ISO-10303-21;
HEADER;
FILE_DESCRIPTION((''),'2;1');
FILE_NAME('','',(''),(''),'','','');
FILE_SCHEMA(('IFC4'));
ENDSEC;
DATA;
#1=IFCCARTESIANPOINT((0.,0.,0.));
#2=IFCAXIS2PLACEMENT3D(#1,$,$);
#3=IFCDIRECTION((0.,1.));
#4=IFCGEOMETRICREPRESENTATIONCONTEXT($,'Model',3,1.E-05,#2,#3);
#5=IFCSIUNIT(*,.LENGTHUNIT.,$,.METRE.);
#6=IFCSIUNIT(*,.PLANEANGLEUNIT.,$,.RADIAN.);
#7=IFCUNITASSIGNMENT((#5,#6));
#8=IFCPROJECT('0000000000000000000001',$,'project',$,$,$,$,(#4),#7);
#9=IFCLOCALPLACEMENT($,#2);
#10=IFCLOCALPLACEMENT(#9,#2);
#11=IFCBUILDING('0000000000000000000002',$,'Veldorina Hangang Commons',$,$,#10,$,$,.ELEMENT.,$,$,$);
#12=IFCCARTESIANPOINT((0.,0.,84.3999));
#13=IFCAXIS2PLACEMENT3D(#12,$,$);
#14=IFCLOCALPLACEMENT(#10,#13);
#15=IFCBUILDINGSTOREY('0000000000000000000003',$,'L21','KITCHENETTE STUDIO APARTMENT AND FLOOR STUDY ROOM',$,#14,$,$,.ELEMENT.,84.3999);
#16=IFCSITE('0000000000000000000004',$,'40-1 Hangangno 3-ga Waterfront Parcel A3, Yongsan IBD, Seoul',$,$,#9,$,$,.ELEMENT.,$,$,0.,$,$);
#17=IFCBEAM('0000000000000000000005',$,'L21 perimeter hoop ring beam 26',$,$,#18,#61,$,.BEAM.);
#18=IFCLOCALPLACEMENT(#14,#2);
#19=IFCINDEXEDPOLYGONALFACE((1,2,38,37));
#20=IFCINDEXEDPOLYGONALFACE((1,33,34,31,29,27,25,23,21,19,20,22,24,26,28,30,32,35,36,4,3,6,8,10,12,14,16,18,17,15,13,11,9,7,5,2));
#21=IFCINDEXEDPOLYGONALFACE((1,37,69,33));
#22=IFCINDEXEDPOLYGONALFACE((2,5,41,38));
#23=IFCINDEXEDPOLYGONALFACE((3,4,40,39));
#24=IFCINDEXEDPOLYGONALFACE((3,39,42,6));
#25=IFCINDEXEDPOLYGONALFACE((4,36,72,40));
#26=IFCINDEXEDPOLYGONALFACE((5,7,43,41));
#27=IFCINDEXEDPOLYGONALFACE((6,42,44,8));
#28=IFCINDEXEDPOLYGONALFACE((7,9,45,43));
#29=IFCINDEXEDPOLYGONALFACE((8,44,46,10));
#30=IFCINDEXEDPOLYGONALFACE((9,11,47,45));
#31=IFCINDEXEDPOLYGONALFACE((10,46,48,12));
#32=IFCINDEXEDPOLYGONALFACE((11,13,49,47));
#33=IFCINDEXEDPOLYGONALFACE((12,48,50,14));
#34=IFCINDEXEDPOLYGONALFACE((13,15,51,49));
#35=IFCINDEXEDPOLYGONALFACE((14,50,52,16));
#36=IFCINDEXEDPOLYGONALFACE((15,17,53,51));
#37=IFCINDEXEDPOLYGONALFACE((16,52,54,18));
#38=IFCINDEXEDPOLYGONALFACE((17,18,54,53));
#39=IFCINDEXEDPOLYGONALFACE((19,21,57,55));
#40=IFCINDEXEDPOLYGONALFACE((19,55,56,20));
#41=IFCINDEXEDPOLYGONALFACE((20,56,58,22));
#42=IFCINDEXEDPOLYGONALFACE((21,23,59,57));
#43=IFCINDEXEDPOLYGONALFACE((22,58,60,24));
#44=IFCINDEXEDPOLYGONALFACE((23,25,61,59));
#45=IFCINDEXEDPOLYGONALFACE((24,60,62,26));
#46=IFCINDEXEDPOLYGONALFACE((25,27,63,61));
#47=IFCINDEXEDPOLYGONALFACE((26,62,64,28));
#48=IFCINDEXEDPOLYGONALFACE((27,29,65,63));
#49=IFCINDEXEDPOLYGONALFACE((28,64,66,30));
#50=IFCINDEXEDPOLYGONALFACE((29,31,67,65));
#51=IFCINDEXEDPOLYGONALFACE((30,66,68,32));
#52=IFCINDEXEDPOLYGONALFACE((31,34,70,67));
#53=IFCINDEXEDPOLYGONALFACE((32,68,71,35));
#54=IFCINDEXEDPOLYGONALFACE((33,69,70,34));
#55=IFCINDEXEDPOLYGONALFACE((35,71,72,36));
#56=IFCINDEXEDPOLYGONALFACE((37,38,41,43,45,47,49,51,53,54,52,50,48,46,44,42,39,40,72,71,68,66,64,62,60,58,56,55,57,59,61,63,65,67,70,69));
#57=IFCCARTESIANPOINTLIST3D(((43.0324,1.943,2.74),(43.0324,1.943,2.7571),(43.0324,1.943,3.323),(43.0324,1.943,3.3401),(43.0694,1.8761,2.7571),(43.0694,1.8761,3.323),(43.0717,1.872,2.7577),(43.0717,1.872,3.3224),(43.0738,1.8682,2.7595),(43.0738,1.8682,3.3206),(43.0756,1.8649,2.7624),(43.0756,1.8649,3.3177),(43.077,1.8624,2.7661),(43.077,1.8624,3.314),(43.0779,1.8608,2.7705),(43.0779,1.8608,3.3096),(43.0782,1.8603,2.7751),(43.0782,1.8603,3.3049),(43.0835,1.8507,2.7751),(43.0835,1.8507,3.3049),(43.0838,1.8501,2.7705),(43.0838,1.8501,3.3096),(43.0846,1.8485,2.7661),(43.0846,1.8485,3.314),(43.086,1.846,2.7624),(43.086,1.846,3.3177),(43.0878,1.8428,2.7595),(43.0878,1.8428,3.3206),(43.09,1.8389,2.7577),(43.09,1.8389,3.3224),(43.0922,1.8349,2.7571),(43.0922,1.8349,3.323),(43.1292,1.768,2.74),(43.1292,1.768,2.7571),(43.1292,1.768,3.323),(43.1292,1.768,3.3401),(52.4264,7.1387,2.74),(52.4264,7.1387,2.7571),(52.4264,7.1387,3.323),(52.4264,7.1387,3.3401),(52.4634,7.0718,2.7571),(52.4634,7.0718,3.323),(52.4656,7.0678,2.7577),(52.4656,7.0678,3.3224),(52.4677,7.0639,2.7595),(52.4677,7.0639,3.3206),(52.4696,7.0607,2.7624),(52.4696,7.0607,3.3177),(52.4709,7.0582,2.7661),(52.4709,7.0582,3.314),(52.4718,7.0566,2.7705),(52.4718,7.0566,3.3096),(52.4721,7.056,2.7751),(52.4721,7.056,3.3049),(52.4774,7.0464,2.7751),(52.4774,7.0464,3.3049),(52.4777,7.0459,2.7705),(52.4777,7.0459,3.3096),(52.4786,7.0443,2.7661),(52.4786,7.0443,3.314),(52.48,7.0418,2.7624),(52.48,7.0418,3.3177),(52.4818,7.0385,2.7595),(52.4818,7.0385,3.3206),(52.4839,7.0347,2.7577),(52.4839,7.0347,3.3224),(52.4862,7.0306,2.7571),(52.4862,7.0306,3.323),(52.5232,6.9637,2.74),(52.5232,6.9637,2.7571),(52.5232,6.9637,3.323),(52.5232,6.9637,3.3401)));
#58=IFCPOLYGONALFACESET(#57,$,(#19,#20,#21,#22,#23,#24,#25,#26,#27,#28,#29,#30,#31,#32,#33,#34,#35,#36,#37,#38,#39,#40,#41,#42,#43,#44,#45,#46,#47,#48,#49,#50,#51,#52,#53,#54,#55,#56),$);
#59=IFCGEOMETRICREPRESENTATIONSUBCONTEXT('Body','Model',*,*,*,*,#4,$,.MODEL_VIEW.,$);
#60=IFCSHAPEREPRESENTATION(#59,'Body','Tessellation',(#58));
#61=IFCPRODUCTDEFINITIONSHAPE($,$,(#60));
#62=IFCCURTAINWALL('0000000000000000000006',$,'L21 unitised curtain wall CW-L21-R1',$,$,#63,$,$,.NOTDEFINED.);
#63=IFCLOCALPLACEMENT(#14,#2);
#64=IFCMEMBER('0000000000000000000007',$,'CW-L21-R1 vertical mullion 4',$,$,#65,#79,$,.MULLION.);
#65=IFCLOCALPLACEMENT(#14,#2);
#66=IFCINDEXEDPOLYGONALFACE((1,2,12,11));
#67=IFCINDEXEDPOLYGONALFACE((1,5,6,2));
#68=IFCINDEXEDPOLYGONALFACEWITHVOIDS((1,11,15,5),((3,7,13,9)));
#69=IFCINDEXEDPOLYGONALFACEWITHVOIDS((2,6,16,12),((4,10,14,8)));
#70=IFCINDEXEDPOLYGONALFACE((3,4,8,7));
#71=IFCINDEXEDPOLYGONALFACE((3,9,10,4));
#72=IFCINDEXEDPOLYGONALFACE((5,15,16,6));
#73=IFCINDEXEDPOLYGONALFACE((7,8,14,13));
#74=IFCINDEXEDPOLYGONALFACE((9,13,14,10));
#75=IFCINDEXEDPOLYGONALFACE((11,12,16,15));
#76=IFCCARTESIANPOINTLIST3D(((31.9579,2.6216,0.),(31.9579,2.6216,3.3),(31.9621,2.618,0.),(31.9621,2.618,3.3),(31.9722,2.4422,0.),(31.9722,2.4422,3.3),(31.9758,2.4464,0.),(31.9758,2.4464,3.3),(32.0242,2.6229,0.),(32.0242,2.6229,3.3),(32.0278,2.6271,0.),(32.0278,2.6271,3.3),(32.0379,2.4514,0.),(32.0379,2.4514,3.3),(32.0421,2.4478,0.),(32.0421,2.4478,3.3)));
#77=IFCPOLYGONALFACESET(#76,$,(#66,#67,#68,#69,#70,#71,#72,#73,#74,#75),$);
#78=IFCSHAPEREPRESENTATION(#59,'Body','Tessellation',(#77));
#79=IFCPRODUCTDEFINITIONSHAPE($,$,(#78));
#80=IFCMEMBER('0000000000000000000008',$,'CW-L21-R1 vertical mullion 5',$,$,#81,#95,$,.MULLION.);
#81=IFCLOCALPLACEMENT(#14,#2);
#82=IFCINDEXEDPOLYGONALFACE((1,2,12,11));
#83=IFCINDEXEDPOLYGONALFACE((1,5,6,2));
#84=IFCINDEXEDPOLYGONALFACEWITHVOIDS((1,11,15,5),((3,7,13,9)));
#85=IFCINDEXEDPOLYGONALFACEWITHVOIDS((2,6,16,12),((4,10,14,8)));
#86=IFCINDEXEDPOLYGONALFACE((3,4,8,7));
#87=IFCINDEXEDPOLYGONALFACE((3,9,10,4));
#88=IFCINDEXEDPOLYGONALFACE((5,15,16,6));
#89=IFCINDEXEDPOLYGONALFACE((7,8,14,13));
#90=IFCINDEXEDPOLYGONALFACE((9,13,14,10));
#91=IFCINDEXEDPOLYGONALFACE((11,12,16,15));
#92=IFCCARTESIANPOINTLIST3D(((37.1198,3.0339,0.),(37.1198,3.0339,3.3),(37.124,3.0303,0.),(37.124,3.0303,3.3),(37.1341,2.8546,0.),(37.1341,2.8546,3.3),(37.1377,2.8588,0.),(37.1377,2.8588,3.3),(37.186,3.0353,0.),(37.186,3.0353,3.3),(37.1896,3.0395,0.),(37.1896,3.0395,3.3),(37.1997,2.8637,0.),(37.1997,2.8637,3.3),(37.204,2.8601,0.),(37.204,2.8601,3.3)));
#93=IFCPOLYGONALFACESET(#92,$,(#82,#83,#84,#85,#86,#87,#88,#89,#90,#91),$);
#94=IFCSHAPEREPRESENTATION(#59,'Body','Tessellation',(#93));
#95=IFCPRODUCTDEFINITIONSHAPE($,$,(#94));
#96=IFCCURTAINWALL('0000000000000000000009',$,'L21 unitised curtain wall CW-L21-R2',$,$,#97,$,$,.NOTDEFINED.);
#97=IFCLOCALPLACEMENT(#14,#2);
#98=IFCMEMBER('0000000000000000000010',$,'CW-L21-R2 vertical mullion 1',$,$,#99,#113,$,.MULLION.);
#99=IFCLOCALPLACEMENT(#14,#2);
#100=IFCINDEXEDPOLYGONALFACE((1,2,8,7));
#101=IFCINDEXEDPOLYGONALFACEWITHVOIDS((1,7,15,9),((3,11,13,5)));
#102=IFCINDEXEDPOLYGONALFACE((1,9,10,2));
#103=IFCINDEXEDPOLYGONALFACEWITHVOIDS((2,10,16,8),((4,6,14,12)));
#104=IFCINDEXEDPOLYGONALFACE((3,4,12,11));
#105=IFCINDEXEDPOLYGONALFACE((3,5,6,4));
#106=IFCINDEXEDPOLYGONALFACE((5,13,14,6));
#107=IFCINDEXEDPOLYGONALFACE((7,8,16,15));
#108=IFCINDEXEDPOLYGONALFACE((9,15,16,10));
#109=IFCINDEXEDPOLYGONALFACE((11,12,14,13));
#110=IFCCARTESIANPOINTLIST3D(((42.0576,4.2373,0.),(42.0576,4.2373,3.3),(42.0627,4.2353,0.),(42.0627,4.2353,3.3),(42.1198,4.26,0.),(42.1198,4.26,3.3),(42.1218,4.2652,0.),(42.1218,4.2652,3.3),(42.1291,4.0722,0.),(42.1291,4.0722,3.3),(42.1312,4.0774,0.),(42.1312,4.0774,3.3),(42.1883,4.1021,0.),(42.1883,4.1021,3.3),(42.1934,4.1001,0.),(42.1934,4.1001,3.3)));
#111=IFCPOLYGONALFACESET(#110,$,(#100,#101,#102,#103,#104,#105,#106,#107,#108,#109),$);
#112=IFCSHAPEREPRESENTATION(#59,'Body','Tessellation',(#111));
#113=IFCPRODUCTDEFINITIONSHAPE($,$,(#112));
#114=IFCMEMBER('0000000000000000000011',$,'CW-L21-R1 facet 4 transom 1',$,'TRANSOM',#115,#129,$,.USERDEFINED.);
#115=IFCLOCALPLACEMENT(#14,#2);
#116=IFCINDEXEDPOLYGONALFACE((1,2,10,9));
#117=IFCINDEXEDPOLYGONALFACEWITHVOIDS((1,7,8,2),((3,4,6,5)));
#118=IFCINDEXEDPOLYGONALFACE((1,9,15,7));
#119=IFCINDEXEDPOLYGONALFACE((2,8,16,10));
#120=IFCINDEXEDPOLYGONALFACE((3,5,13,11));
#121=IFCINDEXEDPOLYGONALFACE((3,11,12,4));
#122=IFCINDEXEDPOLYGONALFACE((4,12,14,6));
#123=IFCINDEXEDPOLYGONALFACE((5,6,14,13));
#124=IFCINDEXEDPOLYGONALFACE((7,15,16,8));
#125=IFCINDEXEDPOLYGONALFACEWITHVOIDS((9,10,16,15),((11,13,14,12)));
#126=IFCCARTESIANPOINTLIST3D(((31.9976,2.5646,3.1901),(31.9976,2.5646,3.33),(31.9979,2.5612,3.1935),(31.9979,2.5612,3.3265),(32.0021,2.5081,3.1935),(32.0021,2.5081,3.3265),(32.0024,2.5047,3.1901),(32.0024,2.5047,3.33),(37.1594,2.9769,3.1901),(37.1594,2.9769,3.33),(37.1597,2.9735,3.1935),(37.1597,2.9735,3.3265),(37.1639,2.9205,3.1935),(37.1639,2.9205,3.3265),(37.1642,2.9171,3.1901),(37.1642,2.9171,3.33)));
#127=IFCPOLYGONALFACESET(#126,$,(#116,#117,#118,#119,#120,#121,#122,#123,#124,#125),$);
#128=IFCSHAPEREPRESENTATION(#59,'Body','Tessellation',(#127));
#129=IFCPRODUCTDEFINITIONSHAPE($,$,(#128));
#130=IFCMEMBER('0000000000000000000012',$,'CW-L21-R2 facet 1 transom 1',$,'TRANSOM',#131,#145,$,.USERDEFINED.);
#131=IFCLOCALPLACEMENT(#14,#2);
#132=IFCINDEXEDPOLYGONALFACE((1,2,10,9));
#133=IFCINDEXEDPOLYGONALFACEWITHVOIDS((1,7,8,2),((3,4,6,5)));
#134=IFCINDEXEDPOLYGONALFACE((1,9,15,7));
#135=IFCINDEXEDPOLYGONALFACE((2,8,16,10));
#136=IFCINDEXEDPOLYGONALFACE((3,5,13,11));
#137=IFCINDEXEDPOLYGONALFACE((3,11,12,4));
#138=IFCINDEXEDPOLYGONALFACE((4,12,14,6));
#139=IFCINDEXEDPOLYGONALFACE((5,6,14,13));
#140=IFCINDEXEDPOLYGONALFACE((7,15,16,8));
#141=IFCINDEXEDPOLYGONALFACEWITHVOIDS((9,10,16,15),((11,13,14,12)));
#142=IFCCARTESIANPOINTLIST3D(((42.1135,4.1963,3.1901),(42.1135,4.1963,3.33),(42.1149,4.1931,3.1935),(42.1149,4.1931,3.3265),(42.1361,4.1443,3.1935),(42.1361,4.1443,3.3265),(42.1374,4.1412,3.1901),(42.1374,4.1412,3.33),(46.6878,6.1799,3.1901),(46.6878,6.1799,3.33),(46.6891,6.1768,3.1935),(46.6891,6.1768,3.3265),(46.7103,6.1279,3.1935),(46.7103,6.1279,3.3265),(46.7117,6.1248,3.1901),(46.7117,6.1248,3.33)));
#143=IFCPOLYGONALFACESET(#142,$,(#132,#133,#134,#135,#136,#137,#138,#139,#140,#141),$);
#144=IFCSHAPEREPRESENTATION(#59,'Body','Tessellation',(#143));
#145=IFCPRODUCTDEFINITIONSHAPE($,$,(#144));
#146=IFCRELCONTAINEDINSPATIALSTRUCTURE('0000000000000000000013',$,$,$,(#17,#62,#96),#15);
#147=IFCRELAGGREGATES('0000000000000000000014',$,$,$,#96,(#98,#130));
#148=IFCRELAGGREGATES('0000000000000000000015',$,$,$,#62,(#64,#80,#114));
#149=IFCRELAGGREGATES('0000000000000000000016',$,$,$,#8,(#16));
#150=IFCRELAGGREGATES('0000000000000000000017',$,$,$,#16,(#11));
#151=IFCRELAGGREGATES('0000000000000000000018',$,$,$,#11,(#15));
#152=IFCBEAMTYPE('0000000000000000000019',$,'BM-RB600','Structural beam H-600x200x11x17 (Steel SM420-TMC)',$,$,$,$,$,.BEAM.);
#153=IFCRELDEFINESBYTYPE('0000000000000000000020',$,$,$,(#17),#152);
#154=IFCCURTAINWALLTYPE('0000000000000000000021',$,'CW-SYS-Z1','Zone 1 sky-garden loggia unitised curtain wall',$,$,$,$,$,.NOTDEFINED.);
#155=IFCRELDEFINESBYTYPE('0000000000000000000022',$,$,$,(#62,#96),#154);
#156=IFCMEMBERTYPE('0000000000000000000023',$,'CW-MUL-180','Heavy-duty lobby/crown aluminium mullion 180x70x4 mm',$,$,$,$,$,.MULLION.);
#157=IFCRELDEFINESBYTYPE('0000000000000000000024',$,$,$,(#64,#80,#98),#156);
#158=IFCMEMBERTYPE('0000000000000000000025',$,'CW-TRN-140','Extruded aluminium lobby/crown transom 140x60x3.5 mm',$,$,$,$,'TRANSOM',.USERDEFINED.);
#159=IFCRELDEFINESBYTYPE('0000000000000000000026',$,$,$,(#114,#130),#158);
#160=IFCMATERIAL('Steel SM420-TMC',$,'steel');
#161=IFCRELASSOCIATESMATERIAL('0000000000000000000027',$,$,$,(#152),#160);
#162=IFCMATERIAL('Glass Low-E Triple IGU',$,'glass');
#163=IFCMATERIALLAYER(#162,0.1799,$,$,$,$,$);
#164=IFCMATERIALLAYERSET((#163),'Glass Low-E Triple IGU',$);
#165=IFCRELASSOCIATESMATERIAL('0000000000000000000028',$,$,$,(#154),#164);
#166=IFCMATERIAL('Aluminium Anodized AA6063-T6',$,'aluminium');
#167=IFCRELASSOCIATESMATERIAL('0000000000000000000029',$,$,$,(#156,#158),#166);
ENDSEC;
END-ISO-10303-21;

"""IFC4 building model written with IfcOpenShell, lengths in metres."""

from ifc_helpers import new_model, si_unit, direction, frame, origin, origin_2d, place, context, subcontext, project, spatial, hollow_rectangle, i_section, extrude, material, layer, layer_set, material_profile, profile_set, type_object, element, aggregate, save


model = new_model("IFC4")

# Units and contexts
model_context = context("Model", 3, precision=1e-05, world=origin(), true_north=direction((0.0, 1.0)))
body_context = subcontext(model_context, "Body", "Model", "MODEL_VIEW")
ifc_project = project(units=[si_unit("LENGTHUNIT", "METRE"), si_unit("PLANEANGLEUNIT", "RADIAN")], contexts=[model_context])

# Site, building, storey
site_placement = place(None, origin())
site = spatial("IfcSite", under=ifc_project, at=site_placement, Name="40-1 Hangangno 3-ga Waterfront Parcel A3, Yongsan IBD, Seoul", CompositionType="ELEMENT", RefElevation=0.0)
building_placement = place(site_placement, origin())
building = spatial("IfcBuilding", under=site, at=building_placement, Name="Veldorina Hangang Commons", CompositionType="ELEMENT")
storey_placement = place(building_placement, frame((0.0, 0.0, 84.3999)))
storey = spatial("IfcBuildingStorey", under=building, at=storey_placement, Name="L21", Description="KITCHENETTE STUDIO APARTMENT AND FLOOR STUDY ROOM", CompositionType="ELEMENT", Elevation=84.3999)

# Beam
ifc_material_1 = material(Name="Steel SM420-TMC", Category="steel")
ifc_material_profile_1 = material_profile(ifc_material_1, i_section(OverallWidth=0.2, OverallDepth=0.6001, WebThickness=0.011, FlangeThickness=0.0171, FilletRadius=0.0181, at=origin_2d()), Name="H-600x200x11x17")
ifc_profile_set_1 = profile_set([ifc_material_profile_1], Name="Steel SM420-TMC")
beam_type = type_object("IfcBeamType", Name="BM-RB600", Description="Structural beam H-600x200x11x17 (Steel SM420-TMC)", PredefinedType="BEAM", material=ifc_profile_set_1)
beam_placement = place(storey_placement, frame((43.0808, 1.8555, 3.04), z_axis=(0.87507, 0.483997, 0.0), x_axis=(-0.483997, 0.87507, 0.0)))
element("IfcBeam", 1, at=beam_placement, inside=storey, type_object=beam_type, Name="L21 perimeter hoop ring beam 26", PredefinedType="BEAM", context=body_context, shape_type="SweptSolid", body=[
    extrude(i_section(OverallWidth=0.2, OverallDepth=0.6001, WebThickness=0.011, FlangeThickness=0.0171, FilletRadius=0.0181, at=origin_2d()), origin(), (0.0, 0.0, 1.0), 10.7351),
])

# Curtain wall, members
ifc_material_2 = material(Name="Glass Low-E Triple IGU", Category="glass")
ifc_layer_1 = layer(ifc_material_2, 0.1799)
ifc_layer_set_1 = layer_set([ifc_layer_1], Name="Glass Low-E Triple IGU")
curtain_wall_type = type_object("IfcCurtainWallType", Name="CW-SYS-Z1", Description="Zone 1 sky-garden loggia unitised curtain wall", PredefinedType="NOTDEFINED", material=ifc_layer_set_1)
curtain_wall_1_placement = place(storey_placement, origin())
curtain_wall_1 = element("IfcCurtainWall", 2, at=curtain_wall_1_placement, inside=storey, type_object=curtain_wall_type, Name="L21 unitised curtain wall CW-L21-R1", PredefinedType="NOTDEFINED")
ifc_material_3 = material(Name="Aluminium Anodized AA6063-T6", Category="aluminium")
ifc_material_profile_2 = material_profile(ifc_material_3, hollow_rectangle(XDim=0.0701, YDim=0.1799, WallThickness=0.0039, at=origin_2d()), Name="ALU-RHS-180x70x4")
ifc_profile_set_2 = profile_set([ifc_material_profile_2], Name="Aluminium Anodized AA6063-T6")
member_type_1 = type_object("IfcMemberType", Name="CW-MUL-180", Description="Heavy-duty lobby/crown aluminium mullion 180x70x4 mm", PredefinedType="MULLION", material=ifc_profile_set_2)
member_1_placement = place(storey_placement, frame((32.0, 2.5347, 0.0), z_axis=(0.0, 0.0, 1.0), x_axis=(0.996824, 0.079642, 0.0)))
member_1 = element("IfcMember", 3, at=member_1_placement, type_object=member_type_1, Name="CW-L21-R1 vertical mullion 4", PredefinedType="MULLION", context=body_context, shape_type="SweptSolid", body=[
    extrude(hollow_rectangle(XDim=0.0701, YDim=0.1799, WallThickness=0.0039, at=origin_2d()), origin(), (0.0, 0.0, 1.0), 3.3),
])
member_2_placement = place(storey_placement, frame((37.1619, 2.947, 0.0), z_axis=(0.0, 0.0, 1.0), x_axis=(-0.996824, -0.079642, 0.0)))
member_2 = element("IfcMember", 4, at=member_2_placement, type_object=member_type_1, Name="CW-L21-R1 vertical mullion 5", PredefinedType="MULLION", context=body_context, shape_type="SweptSolid", body=[
    extrude(hollow_rectangle(XDim=0.0701, YDim=0.1799, WallThickness=0.0039, at=origin_2d()), origin(), (0.0, 0.0, 1.0), 3.3),
])

# Curtain wall, member
curtain_wall_2_placement = place(storey_placement, origin())
curtain_wall_2 = element("IfcCurtainWall", 5, at=curtain_wall_2_placement, inside=storey, type_object=curtain_wall_type, Name="L21 unitised curtain wall CW-L21-R2", PredefinedType="NOTDEFINED")
member_3_placement = place(storey_placement, frame((42.1255, 4.1687, 0.0), z_axis=(0.0, 0.0, 1.0), x_axis=(0.917449, 0.397853, 0.0)))
member_3 = element("IfcMember", 6, at=member_3_placement, type_object=member_type_1, Name="CW-L21-R2 vertical mullion 1", PredefinedType="MULLION", context=body_context, shape_type="SweptSolid", body=[
    extrude(hollow_rectangle(XDim=0.0701, YDim=0.1799, WallThickness=0.0039, at=origin_2d()), origin(), (0.0, 0.0, 1.0), 3.3),
])

# Members
ifc_material_profile_3 = material_profile(ifc_material_3, hollow_rectangle(XDim=0.0601, YDim=0.1399, WallThickness=0.0034, at=origin_2d()), Name="ALU-RHS-140x60x3.5")
ifc_profile_set_3 = profile_set([ifc_material_profile_3], Name="Aluminium Anodized AA6063-T6")
member_type_2 = type_object("IfcMemberType", Name="CW-TRN-140", Description="Extruded aluminium lobby/crown transom 140x60x3.5 mm", ElementType="TRANSOM", PredefinedType="USERDEFINED", material=ifc_profile_set_3)
member_4_placement = place(storey_placement, frame((32.0, 2.5347, 3.26), z_axis=(0.996824, 0.079631, 0.0), x_axis=(-0.079631, 0.996824, 0.0)))
member_4 = element("IfcMember", 7, at=member_4_placement, type_object=member_type_2, Name="CW-L21-R1 facet 4 transom 1", ObjectType="TRANSOM", PredefinedType="USERDEFINED", context=body_context, shape_type="SweptSolid", body=[
    extrude(hollow_rectangle(XDim=0.0601, YDim=0.1399, WallThickness=0.0034, at=origin_2d()), origin(), (0.0, 0.0, 1.0), 5.1782),
])
member_5_placement = place(storey_placement, frame((42.1255, 4.1687, 3.26), z_axis=(0.917447, 0.397858, 0.0), x_axis=(-0.397858, 0.917447, 0.0)))
member_5 = element("IfcMember", 8, at=member_5_placement, type_object=member_type_2, Name="CW-L21-R2 facet 1 transom 1", ObjectType="TRANSOM", PredefinedType="USERDEFINED", context=body_context, shape_type="SweptSolid", body=[
    extrude(hollow_rectangle(XDim=0.0601, YDim=0.1399, WallThickness=0.0034, at=origin_2d()), origin(), (0.0, 0.0, 1.0), 4.9858),
])
aggregate(curtain_wall_2, [member_3, member_5])

aggregate(curtain_wall_1, [member_1, member_2, member_4])

save(model, "model.ifc")
